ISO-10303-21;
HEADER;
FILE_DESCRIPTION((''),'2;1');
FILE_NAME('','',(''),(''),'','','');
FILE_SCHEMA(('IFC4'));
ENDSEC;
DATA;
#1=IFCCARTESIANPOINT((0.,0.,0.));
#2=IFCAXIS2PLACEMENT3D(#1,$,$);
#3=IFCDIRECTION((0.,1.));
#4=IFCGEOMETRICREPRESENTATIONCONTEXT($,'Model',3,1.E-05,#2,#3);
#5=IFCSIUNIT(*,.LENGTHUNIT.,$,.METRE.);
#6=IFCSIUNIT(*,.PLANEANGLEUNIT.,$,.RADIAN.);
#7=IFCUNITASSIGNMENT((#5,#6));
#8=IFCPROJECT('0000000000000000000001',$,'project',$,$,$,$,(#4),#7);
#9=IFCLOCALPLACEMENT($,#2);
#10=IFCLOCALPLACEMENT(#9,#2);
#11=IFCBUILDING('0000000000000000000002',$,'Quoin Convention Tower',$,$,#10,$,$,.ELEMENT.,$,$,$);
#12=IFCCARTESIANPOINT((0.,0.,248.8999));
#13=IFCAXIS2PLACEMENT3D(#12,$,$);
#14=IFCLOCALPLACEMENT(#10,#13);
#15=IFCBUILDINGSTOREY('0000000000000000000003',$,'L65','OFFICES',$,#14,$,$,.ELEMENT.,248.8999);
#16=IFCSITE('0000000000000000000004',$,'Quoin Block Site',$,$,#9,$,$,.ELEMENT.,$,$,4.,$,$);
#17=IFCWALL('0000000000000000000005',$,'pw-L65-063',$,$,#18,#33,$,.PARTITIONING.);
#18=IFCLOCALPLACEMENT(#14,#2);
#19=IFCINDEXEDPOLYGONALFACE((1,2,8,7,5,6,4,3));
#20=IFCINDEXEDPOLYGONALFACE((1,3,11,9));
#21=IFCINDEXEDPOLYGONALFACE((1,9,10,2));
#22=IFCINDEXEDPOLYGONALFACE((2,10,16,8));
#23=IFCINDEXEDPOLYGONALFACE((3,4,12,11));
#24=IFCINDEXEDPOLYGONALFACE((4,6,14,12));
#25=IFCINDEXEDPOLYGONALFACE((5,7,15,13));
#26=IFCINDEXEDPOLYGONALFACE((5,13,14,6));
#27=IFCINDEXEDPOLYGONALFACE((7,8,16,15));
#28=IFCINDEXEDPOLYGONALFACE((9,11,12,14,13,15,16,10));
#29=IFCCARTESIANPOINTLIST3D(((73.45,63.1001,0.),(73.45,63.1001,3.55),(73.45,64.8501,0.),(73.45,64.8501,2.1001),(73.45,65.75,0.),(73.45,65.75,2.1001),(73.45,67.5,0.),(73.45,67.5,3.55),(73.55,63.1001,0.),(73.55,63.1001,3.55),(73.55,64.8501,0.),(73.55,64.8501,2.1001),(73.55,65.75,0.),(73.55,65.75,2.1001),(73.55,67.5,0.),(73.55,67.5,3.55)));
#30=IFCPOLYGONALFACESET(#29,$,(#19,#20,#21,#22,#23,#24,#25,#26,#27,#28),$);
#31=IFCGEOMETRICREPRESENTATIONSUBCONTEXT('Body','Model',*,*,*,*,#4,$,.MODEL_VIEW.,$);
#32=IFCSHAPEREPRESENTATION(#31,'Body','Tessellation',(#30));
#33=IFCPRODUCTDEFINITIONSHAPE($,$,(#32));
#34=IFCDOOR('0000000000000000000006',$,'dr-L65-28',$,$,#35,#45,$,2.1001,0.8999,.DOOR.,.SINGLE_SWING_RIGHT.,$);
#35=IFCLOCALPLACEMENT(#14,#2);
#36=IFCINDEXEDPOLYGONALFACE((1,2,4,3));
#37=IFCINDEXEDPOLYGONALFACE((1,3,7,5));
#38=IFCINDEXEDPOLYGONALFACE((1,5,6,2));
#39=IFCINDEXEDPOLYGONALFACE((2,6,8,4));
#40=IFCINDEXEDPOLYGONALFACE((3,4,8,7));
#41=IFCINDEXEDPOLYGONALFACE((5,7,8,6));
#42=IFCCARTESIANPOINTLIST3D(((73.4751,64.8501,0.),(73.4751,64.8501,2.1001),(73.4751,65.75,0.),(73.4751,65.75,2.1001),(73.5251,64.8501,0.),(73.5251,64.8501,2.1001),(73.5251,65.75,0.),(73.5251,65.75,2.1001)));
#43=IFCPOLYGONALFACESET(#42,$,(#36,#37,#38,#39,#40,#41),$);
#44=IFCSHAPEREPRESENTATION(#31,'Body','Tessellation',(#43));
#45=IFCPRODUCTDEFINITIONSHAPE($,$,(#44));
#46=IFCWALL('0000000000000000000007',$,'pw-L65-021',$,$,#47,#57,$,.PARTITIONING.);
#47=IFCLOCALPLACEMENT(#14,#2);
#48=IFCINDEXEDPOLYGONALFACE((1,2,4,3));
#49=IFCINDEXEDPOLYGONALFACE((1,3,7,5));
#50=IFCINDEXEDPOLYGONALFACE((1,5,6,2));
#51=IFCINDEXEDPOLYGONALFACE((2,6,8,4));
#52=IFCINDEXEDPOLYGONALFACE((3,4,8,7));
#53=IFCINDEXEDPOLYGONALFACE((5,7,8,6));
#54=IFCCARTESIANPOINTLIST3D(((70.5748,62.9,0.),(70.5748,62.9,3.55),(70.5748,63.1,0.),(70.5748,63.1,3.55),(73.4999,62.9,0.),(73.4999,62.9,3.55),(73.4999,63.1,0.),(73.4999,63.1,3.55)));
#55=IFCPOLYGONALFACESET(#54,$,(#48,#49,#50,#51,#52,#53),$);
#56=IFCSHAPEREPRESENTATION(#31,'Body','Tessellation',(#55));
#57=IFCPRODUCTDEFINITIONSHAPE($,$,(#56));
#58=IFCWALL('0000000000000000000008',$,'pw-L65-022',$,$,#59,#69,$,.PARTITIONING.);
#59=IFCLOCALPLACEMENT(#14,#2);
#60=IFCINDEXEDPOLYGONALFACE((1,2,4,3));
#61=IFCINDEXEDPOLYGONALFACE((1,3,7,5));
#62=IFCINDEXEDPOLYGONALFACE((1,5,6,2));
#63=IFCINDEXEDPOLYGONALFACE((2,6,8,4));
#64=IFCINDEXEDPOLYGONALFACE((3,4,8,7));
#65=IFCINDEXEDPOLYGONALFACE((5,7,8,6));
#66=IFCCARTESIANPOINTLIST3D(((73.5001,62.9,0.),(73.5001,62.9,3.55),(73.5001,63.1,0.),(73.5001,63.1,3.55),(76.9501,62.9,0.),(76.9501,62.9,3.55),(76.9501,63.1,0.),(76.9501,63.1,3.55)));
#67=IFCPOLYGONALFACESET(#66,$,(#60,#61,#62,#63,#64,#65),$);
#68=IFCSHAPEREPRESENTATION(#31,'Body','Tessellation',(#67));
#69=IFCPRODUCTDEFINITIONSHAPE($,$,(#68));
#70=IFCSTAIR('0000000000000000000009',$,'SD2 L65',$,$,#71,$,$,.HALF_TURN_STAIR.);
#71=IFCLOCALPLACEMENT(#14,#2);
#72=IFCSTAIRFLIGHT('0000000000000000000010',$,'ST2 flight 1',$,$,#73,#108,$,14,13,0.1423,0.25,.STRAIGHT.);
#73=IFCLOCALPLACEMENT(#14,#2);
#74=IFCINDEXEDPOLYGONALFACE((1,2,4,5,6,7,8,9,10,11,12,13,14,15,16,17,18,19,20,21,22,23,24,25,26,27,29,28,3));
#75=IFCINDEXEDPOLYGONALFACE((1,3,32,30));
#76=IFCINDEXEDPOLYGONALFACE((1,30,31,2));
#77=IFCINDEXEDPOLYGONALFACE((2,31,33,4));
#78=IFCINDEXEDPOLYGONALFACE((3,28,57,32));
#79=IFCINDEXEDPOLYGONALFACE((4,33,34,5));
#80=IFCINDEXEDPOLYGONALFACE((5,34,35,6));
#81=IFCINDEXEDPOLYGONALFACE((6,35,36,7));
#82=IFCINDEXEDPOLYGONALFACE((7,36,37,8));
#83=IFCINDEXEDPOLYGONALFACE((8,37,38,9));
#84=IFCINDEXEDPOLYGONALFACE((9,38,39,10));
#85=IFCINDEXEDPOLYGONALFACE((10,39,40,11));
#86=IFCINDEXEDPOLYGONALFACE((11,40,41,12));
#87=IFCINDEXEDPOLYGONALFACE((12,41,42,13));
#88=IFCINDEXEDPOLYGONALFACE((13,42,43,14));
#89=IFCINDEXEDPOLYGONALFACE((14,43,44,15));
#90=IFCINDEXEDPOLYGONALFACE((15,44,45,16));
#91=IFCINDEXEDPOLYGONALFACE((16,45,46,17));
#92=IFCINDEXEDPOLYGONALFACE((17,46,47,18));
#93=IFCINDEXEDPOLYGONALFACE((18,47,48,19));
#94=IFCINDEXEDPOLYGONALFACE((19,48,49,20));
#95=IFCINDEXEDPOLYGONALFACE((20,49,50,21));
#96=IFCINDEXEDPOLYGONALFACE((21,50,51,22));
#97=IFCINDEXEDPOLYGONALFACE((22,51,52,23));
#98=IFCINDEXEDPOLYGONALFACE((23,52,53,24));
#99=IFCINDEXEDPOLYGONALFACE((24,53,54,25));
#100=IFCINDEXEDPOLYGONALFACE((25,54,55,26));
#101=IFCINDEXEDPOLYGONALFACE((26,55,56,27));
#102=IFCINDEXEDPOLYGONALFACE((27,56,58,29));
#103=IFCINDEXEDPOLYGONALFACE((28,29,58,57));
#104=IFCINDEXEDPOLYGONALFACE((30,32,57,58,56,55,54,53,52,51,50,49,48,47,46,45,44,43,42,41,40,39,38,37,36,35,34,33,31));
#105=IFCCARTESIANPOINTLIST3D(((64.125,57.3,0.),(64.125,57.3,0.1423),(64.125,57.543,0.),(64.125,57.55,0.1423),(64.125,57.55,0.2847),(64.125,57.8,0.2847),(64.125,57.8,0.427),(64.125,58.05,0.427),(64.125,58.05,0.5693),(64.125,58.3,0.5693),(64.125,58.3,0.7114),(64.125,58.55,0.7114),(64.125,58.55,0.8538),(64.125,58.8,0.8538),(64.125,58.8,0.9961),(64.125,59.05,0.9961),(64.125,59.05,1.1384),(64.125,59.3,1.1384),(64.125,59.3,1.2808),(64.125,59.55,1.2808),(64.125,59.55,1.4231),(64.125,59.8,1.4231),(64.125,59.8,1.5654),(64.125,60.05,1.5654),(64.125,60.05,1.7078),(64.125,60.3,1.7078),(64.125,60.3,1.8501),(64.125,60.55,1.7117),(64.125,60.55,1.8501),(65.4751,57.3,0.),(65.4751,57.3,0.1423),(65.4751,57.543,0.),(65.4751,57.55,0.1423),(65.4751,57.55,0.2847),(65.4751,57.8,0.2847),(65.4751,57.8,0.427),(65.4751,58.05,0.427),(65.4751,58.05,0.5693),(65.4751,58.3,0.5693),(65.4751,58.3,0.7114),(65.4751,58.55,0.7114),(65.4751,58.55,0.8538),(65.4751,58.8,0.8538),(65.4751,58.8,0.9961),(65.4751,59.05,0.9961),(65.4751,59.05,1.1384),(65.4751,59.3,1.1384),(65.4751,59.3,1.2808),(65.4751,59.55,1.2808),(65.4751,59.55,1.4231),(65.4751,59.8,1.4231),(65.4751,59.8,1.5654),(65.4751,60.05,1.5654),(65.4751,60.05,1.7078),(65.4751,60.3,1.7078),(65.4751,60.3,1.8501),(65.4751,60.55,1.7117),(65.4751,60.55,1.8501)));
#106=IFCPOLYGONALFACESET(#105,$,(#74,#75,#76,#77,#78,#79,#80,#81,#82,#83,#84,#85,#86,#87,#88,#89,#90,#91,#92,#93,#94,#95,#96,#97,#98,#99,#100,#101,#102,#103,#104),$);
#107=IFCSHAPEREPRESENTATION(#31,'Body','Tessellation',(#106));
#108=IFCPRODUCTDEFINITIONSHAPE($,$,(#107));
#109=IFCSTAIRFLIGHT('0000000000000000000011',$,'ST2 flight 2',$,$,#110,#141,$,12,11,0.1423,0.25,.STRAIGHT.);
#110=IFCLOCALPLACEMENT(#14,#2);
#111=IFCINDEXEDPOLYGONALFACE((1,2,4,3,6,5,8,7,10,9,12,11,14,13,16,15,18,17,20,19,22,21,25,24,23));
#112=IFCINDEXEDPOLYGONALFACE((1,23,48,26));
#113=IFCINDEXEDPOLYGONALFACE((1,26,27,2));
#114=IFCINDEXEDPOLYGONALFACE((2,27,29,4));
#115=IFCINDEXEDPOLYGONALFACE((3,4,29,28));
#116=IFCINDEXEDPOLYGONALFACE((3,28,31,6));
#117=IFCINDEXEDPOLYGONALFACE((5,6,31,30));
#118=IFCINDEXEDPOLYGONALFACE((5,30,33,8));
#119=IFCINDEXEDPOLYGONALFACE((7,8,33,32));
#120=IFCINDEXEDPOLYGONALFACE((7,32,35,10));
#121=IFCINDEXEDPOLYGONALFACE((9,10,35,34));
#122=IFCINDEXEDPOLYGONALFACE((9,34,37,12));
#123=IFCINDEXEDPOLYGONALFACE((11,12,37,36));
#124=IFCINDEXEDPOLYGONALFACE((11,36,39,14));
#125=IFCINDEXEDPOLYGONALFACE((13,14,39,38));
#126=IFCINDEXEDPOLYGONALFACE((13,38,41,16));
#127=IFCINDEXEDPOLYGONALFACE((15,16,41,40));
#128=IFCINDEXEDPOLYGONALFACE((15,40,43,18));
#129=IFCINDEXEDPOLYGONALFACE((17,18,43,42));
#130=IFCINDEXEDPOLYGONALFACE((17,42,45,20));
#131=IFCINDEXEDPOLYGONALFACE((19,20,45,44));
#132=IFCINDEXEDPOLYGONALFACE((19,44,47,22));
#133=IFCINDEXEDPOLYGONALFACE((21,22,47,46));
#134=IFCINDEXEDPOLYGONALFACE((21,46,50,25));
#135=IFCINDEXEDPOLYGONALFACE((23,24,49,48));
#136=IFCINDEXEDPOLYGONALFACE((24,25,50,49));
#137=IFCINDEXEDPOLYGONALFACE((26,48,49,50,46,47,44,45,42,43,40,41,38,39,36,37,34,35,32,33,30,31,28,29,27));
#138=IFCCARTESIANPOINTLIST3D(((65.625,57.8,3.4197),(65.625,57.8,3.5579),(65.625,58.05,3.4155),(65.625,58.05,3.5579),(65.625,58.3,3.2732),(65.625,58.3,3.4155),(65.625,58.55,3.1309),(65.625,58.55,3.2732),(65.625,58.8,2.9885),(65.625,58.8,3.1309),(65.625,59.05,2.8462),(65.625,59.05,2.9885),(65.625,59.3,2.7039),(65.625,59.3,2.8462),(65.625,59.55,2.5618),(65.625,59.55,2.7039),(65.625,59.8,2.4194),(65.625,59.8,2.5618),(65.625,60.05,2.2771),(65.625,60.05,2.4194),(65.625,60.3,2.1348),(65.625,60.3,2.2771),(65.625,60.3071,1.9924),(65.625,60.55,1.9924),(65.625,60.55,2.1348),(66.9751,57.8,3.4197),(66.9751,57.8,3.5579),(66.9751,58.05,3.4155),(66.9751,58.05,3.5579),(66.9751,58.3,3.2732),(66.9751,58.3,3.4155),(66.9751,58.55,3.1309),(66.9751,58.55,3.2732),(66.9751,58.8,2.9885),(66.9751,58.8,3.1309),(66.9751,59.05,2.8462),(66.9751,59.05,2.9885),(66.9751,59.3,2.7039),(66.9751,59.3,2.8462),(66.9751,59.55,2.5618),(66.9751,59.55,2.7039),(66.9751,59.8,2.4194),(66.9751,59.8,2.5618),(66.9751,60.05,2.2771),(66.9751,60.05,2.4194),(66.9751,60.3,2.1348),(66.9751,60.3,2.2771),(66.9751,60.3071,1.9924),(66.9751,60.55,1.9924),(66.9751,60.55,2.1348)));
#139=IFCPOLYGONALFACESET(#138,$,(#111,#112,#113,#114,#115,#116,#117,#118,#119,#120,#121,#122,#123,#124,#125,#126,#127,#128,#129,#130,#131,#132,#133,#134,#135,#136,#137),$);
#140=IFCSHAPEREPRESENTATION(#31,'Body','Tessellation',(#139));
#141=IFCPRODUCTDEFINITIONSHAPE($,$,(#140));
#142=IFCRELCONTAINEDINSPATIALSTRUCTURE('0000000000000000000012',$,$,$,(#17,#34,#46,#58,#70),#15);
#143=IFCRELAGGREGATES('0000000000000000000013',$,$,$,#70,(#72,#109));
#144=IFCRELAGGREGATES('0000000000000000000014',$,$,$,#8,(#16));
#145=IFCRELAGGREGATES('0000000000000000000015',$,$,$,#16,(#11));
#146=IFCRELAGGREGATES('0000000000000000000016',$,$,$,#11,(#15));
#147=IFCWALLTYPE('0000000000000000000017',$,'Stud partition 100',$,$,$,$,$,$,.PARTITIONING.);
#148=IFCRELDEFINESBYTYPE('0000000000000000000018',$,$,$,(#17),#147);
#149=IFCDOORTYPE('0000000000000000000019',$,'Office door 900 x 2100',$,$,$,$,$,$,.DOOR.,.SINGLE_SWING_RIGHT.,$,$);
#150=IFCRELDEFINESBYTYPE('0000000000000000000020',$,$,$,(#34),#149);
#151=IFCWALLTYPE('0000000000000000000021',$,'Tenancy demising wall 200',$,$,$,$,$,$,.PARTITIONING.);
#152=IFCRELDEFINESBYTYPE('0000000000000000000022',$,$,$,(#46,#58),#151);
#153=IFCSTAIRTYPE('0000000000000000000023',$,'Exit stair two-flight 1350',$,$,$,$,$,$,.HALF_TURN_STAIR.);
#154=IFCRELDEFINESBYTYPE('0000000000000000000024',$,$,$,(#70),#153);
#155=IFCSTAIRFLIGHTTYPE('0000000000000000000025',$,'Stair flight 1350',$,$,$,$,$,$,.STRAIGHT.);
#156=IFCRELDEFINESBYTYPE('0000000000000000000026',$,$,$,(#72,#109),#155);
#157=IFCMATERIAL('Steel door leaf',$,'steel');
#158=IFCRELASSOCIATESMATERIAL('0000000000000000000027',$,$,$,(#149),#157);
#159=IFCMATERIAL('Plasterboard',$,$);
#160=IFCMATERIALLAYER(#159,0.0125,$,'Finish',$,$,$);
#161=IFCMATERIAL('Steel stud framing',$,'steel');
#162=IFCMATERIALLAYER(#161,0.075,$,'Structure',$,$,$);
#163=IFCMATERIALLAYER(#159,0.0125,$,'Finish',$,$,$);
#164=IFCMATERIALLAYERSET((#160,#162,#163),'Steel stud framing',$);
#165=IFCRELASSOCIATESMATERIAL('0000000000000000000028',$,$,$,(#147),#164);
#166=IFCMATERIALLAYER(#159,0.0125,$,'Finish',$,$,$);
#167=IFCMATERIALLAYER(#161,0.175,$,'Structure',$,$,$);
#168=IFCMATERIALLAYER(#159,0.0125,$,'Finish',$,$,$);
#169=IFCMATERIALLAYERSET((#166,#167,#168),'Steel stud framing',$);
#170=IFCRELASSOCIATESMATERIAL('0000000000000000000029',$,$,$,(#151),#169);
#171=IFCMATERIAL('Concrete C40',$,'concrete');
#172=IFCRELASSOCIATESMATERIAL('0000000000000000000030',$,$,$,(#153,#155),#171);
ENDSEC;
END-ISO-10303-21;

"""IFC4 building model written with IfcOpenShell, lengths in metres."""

from ifc_helpers import new_model, si_unit, direction, frame, frame_2d, origin, place, context, subcontext, project, spatial, polyline, rectangle, outline, extrude, material, layer, layer_set, type_object, element, fill, aggregate, save


model = new_model("IFC4")

# Units and contexts
model_context = context("Model", 3, precision=1e-05, world=origin(), true_north=direction((0.0, 1.0)))
body_context = subcontext(model_context, "Body", "Model", "MODEL_VIEW")
ifc_project = project(units=[si_unit("LENGTHUNIT", "METRE"), si_unit("PLANEANGLEUNIT", "RADIAN")], contexts=[model_context])

# Site, building, storey
site_placement = place(None, origin())
site = spatial("IfcSite", under=ifc_project, at=site_placement, Name="Quoin Block Site", CompositionType="ELEMENT", RefElevation=4.0)
building_placement = place(site_placement, origin())
building = spatial("IfcBuilding", under=site, at=building_placement, Name="Quoin Convention Tower", CompositionType="ELEMENT")
storey_placement = place(building_placement, frame((0.0, 0.0, 248.8999)))
storey = spatial("IfcBuildingStorey", under=building, at=storey_placement, Name="L65", Description="OFFICES", CompositionType="ELEMENT", Elevation=248.8999)

# Shared definitions
ifc_material_1 = material(Name="Plasterboard")
ifc_material_2 = material(Name="Steel stud framing", Category="steel")

# Shared definitions
ifc_material_3 = material(Name="Steel door leaf", Category="steel")
door_type_1 = type_object("IfcDoorType", Name="Office door 900 x 2100", OperationType="SINGLE_SWING_RIGHT", PredefinedType="DOOR", material=ifc_material_3)

# Wall, opening, door
ifc_layer_1 = layer(ifc_material_1, 0.0125, Name="Finish")
ifc_layer_2 = layer(ifc_material_2, 0.075, Name="Structure")
ifc_layer_3 = layer(ifc_material_1, 0.0125, Name="Finish")
ifc_layer_set_1 = layer_set([ifc_layer_1, ifc_layer_2, ifc_layer_3], Name="Steel stud framing")
wall_type_1 = type_object("IfcWallType", Name="Stud partition 100", PredefinedType="PARTITIONING", material=ifc_layer_set_1)
wall_1_placement = place(storey_placement, frame((73.5, 63.1001, 0.0), z_axis=(0.0, 0.0, 1.0), x_axis=(0.0, 1.0, 0.0)))
wall_1 = element("IfcWall", 1, at=wall_1_placement, inside=storey, type_object=wall_type_1, Name="pw-L65-063", PredefinedType="PARTITIONING", context=body_context, shape_type="SweptSolid", body=[
    extrude(rectangle(XDim=4.3999, YDim=0.1001, at=frame_2d((2.2, 0.0))), origin(), (0.0, 0.0, 1.0), 3.55),
])
opening_1_placement = place(wall_1_placement, frame((1.75, 0.0, 0.0)))
opening_1 = element("IfcOpeningElement", 2, at=opening_1_placement, cuts=wall_1, PredefinedType="OPENING", context=body_context, shape_type="SweptSolid", body=[
    extrude(rectangle(XDim=0.8999, YDim=2.1001, at=frame_2d((0.45, 1.05))), frame((0.0, 0.0601, 0.0), z_axis=(0.0, -1.0, 0.0), x_axis=(1.0, 0.0, 0.0)), (0.0, 0.0, 1.0), 0.1201),
])
door_1_placement = place(opening_1_placement, origin())
door_1 = element("IfcDoor", 3, at=door_1_placement, inside=storey, type_object=door_type_1, Name="dr-L65-28", OperationType="SINGLE_SWING_RIGHT", OverallHeight=2.1001, OverallWidth=0.8999, PredefinedType="DOOR", context=body_context, shape_type="SweptSolid", body=[
    extrude(rectangle(XDim=0.8999, YDim=2.1001, at=frame_2d((0.45, 1.05))), frame((0.0, 0.0249, 0.0), z_axis=(0.0, -1.0, 0.0), x_axis=(1.0, 0.0, 0.0)), (0.0, 0.0, 1.0), 0.05),
])
fill(opening_1, door_1)

# Walls
ifc_layer_4 = layer(ifc_material_1, 0.0125, Name="Finish")
ifc_layer_5 = layer(ifc_material_2, 0.175, Name="Structure")
ifc_layer_6 = layer(ifc_material_1, 0.0125, Name="Finish")
ifc_layer_set_2 = layer_set([ifc_layer_4, ifc_layer_5, ifc_layer_6], Name="Steel stud framing")
wall_type_2 = type_object("IfcWallType", Name="Tenancy demising wall 200", PredefinedType="PARTITIONING", material=ifc_layer_set_2)
wall_2_placement = place(storey_placement, frame((70.575, 63.0, 0.0), z_axis=(0.0, 0.0, 1.0), x_axis=(1.0, 0.0, 0.0)))
element("IfcWall", 4, at=wall_2_placement, inside=storey, type_object=wall_type_2, Name="pw-L65-021", PredefinedType="PARTITIONING", context=body_context, shape_type="SweptSolid", body=[
    extrude(rectangle(XDim=2.925, YDim=0.2, at=frame_2d((1.4624, 0.0))), origin(), (0.0, 0.0, 1.0), 3.55),
])
wall_3_placement = place(storey_placement, frame((73.5, 63.0, 0.0), z_axis=(0.0, 0.0, 1.0), x_axis=(1.0, 0.0, 0.0)))
element("IfcWall", 5, at=wall_3_placement, inside=storey, type_object=wall_type_2, Name="pw-L65-022", PredefinedType="PARTITIONING", context=body_context, shape_type="SweptSolid", body=[
    extrude(rectangle(XDim=3.45, YDim=0.2, at=frame_2d((1.7251, 0.0))), origin(), (0.0, 0.0, 1.0), 3.55),
])

# Stair, stair flights
ifc_material_4 = material(Name="Concrete C40", Category="concrete")
stair_type = type_object("IfcStairType", Name="Exit stair two-flight 1350", PredefinedType="HALF_TURN_STAIR", material=ifc_material_4)
stair_placement = place(storey_placement, origin())
stair = element("IfcStair", 6, at=stair_placement, inside=storey, type_object=stair_type, Name="SD2 L65", PredefinedType="HALF_TURN_STAIR")
stair_flight_type = type_object("IfcStairFlightType", Name="Stair flight 1350", PredefinedType="STRAIGHT", material=ifc_material_4)
stair_flight_1_placement = place(storey_placement, frame((64.8, 57.3, 0.0), z_axis=(0.0, 0.0, 1.0), x_axis=(0.0, 1.0, 0.0)))
stair_flight_1 = element("IfcStairFlight", 7, at=stair_flight_1_placement, type_object=stair_flight_type, Name="ST2 flight 1", NumberOfRisers=14, NumberOfTreads=13, PredefinedType="STRAIGHT", RiserHeight=0.1423, TreadLength=0.25, context=body_context, shape_type="SweptSolid", body=[
    extrude(outline(polyline([(0.0, 0.0), (0.0, 0.1423), (0.25, 0.1423), (0.25, 0.2847), (0.5, 0.2847), (0.5, 0.427), (0.75, 0.427), (0.75, 0.5693), (1.0, 0.5693), (1.0, 0.7114), (1.25, 0.7114), (1.25, 0.8538), (1.5, 0.8538), (1.5, 0.9961), (1.75, 0.9961), (1.75, 1.1384), (2.0, 1.1384), (2.0, 1.2808), (2.25, 1.2808), (2.25, 1.4231), (2.5, 1.4231), (2.5, 1.5654), (2.75, 1.5654), (2.75, 1.7078), (3.0, 1.7078), (3.0, 1.8501), (3.25, 1.8501), (3.25, 1.9922), (3.25, 1.7117), (0.2429, 0.0), (0.0, 0.0)])), frame((0.0, 0.675, 0.0), z_axis=(0.0, -1.0, 0.0), x_axis=(1.0, 0.0, 0.0)), (0.0, 0.0, 1.0), 1.3501),
])
stair_flight_2_placement = place(storey_placement, frame((66.3, 60.55, 1.9924), z_axis=(0.0, 0.0, 1.0), x_axis=(0.0, -1.0, 0.0)))
stair_flight_2 = element("IfcStairFlight", 8, at=stair_flight_2_placement, type_object=stair_flight_type, Name="ST2 flight 2", NumberOfRisers=12, NumberOfTreads=11, PredefinedType="STRAIGHT", RiserHeight=0.1423, TreadLength=0.25, context=body_context, shape_type="SweptSolid", body=[
    extrude(outline(polyline([(0.0, 0.0), (0.0, 0.1423), (0.25, 0.1423), (0.25, 0.2847), (0.5, 0.2847), (0.5, 0.427), (0.75, 0.427), (0.75, 0.5693), (1.0, 0.5693), (1.0, 0.7114), (1.25, 0.7114), (1.25, 0.8538), (1.5, 0.8538), (1.5, 0.9961), (1.75, 0.9961), (1.75, 1.1384), (2.0, 1.1384), (2.0, 1.2808), (2.25, 1.2808), (2.25, 1.4231), (2.5, 1.4231), (2.5, 1.5654), (2.75, 1.5654), (2.75, 1.7078), (2.75, 1.4272), (0.2429, 0.0), (0.0, 0.0)])), frame((0.0, 0.675, 0.0), z_axis=(0.0, -1.0, 0.0), x_axis=(1.0, 0.0, 0.0)), (0.0, 0.0, 1.0), 1.3501),
])
aggregate(stair, [stair_flight_1, stair_flight_2])

save(model, "model.ifc")
